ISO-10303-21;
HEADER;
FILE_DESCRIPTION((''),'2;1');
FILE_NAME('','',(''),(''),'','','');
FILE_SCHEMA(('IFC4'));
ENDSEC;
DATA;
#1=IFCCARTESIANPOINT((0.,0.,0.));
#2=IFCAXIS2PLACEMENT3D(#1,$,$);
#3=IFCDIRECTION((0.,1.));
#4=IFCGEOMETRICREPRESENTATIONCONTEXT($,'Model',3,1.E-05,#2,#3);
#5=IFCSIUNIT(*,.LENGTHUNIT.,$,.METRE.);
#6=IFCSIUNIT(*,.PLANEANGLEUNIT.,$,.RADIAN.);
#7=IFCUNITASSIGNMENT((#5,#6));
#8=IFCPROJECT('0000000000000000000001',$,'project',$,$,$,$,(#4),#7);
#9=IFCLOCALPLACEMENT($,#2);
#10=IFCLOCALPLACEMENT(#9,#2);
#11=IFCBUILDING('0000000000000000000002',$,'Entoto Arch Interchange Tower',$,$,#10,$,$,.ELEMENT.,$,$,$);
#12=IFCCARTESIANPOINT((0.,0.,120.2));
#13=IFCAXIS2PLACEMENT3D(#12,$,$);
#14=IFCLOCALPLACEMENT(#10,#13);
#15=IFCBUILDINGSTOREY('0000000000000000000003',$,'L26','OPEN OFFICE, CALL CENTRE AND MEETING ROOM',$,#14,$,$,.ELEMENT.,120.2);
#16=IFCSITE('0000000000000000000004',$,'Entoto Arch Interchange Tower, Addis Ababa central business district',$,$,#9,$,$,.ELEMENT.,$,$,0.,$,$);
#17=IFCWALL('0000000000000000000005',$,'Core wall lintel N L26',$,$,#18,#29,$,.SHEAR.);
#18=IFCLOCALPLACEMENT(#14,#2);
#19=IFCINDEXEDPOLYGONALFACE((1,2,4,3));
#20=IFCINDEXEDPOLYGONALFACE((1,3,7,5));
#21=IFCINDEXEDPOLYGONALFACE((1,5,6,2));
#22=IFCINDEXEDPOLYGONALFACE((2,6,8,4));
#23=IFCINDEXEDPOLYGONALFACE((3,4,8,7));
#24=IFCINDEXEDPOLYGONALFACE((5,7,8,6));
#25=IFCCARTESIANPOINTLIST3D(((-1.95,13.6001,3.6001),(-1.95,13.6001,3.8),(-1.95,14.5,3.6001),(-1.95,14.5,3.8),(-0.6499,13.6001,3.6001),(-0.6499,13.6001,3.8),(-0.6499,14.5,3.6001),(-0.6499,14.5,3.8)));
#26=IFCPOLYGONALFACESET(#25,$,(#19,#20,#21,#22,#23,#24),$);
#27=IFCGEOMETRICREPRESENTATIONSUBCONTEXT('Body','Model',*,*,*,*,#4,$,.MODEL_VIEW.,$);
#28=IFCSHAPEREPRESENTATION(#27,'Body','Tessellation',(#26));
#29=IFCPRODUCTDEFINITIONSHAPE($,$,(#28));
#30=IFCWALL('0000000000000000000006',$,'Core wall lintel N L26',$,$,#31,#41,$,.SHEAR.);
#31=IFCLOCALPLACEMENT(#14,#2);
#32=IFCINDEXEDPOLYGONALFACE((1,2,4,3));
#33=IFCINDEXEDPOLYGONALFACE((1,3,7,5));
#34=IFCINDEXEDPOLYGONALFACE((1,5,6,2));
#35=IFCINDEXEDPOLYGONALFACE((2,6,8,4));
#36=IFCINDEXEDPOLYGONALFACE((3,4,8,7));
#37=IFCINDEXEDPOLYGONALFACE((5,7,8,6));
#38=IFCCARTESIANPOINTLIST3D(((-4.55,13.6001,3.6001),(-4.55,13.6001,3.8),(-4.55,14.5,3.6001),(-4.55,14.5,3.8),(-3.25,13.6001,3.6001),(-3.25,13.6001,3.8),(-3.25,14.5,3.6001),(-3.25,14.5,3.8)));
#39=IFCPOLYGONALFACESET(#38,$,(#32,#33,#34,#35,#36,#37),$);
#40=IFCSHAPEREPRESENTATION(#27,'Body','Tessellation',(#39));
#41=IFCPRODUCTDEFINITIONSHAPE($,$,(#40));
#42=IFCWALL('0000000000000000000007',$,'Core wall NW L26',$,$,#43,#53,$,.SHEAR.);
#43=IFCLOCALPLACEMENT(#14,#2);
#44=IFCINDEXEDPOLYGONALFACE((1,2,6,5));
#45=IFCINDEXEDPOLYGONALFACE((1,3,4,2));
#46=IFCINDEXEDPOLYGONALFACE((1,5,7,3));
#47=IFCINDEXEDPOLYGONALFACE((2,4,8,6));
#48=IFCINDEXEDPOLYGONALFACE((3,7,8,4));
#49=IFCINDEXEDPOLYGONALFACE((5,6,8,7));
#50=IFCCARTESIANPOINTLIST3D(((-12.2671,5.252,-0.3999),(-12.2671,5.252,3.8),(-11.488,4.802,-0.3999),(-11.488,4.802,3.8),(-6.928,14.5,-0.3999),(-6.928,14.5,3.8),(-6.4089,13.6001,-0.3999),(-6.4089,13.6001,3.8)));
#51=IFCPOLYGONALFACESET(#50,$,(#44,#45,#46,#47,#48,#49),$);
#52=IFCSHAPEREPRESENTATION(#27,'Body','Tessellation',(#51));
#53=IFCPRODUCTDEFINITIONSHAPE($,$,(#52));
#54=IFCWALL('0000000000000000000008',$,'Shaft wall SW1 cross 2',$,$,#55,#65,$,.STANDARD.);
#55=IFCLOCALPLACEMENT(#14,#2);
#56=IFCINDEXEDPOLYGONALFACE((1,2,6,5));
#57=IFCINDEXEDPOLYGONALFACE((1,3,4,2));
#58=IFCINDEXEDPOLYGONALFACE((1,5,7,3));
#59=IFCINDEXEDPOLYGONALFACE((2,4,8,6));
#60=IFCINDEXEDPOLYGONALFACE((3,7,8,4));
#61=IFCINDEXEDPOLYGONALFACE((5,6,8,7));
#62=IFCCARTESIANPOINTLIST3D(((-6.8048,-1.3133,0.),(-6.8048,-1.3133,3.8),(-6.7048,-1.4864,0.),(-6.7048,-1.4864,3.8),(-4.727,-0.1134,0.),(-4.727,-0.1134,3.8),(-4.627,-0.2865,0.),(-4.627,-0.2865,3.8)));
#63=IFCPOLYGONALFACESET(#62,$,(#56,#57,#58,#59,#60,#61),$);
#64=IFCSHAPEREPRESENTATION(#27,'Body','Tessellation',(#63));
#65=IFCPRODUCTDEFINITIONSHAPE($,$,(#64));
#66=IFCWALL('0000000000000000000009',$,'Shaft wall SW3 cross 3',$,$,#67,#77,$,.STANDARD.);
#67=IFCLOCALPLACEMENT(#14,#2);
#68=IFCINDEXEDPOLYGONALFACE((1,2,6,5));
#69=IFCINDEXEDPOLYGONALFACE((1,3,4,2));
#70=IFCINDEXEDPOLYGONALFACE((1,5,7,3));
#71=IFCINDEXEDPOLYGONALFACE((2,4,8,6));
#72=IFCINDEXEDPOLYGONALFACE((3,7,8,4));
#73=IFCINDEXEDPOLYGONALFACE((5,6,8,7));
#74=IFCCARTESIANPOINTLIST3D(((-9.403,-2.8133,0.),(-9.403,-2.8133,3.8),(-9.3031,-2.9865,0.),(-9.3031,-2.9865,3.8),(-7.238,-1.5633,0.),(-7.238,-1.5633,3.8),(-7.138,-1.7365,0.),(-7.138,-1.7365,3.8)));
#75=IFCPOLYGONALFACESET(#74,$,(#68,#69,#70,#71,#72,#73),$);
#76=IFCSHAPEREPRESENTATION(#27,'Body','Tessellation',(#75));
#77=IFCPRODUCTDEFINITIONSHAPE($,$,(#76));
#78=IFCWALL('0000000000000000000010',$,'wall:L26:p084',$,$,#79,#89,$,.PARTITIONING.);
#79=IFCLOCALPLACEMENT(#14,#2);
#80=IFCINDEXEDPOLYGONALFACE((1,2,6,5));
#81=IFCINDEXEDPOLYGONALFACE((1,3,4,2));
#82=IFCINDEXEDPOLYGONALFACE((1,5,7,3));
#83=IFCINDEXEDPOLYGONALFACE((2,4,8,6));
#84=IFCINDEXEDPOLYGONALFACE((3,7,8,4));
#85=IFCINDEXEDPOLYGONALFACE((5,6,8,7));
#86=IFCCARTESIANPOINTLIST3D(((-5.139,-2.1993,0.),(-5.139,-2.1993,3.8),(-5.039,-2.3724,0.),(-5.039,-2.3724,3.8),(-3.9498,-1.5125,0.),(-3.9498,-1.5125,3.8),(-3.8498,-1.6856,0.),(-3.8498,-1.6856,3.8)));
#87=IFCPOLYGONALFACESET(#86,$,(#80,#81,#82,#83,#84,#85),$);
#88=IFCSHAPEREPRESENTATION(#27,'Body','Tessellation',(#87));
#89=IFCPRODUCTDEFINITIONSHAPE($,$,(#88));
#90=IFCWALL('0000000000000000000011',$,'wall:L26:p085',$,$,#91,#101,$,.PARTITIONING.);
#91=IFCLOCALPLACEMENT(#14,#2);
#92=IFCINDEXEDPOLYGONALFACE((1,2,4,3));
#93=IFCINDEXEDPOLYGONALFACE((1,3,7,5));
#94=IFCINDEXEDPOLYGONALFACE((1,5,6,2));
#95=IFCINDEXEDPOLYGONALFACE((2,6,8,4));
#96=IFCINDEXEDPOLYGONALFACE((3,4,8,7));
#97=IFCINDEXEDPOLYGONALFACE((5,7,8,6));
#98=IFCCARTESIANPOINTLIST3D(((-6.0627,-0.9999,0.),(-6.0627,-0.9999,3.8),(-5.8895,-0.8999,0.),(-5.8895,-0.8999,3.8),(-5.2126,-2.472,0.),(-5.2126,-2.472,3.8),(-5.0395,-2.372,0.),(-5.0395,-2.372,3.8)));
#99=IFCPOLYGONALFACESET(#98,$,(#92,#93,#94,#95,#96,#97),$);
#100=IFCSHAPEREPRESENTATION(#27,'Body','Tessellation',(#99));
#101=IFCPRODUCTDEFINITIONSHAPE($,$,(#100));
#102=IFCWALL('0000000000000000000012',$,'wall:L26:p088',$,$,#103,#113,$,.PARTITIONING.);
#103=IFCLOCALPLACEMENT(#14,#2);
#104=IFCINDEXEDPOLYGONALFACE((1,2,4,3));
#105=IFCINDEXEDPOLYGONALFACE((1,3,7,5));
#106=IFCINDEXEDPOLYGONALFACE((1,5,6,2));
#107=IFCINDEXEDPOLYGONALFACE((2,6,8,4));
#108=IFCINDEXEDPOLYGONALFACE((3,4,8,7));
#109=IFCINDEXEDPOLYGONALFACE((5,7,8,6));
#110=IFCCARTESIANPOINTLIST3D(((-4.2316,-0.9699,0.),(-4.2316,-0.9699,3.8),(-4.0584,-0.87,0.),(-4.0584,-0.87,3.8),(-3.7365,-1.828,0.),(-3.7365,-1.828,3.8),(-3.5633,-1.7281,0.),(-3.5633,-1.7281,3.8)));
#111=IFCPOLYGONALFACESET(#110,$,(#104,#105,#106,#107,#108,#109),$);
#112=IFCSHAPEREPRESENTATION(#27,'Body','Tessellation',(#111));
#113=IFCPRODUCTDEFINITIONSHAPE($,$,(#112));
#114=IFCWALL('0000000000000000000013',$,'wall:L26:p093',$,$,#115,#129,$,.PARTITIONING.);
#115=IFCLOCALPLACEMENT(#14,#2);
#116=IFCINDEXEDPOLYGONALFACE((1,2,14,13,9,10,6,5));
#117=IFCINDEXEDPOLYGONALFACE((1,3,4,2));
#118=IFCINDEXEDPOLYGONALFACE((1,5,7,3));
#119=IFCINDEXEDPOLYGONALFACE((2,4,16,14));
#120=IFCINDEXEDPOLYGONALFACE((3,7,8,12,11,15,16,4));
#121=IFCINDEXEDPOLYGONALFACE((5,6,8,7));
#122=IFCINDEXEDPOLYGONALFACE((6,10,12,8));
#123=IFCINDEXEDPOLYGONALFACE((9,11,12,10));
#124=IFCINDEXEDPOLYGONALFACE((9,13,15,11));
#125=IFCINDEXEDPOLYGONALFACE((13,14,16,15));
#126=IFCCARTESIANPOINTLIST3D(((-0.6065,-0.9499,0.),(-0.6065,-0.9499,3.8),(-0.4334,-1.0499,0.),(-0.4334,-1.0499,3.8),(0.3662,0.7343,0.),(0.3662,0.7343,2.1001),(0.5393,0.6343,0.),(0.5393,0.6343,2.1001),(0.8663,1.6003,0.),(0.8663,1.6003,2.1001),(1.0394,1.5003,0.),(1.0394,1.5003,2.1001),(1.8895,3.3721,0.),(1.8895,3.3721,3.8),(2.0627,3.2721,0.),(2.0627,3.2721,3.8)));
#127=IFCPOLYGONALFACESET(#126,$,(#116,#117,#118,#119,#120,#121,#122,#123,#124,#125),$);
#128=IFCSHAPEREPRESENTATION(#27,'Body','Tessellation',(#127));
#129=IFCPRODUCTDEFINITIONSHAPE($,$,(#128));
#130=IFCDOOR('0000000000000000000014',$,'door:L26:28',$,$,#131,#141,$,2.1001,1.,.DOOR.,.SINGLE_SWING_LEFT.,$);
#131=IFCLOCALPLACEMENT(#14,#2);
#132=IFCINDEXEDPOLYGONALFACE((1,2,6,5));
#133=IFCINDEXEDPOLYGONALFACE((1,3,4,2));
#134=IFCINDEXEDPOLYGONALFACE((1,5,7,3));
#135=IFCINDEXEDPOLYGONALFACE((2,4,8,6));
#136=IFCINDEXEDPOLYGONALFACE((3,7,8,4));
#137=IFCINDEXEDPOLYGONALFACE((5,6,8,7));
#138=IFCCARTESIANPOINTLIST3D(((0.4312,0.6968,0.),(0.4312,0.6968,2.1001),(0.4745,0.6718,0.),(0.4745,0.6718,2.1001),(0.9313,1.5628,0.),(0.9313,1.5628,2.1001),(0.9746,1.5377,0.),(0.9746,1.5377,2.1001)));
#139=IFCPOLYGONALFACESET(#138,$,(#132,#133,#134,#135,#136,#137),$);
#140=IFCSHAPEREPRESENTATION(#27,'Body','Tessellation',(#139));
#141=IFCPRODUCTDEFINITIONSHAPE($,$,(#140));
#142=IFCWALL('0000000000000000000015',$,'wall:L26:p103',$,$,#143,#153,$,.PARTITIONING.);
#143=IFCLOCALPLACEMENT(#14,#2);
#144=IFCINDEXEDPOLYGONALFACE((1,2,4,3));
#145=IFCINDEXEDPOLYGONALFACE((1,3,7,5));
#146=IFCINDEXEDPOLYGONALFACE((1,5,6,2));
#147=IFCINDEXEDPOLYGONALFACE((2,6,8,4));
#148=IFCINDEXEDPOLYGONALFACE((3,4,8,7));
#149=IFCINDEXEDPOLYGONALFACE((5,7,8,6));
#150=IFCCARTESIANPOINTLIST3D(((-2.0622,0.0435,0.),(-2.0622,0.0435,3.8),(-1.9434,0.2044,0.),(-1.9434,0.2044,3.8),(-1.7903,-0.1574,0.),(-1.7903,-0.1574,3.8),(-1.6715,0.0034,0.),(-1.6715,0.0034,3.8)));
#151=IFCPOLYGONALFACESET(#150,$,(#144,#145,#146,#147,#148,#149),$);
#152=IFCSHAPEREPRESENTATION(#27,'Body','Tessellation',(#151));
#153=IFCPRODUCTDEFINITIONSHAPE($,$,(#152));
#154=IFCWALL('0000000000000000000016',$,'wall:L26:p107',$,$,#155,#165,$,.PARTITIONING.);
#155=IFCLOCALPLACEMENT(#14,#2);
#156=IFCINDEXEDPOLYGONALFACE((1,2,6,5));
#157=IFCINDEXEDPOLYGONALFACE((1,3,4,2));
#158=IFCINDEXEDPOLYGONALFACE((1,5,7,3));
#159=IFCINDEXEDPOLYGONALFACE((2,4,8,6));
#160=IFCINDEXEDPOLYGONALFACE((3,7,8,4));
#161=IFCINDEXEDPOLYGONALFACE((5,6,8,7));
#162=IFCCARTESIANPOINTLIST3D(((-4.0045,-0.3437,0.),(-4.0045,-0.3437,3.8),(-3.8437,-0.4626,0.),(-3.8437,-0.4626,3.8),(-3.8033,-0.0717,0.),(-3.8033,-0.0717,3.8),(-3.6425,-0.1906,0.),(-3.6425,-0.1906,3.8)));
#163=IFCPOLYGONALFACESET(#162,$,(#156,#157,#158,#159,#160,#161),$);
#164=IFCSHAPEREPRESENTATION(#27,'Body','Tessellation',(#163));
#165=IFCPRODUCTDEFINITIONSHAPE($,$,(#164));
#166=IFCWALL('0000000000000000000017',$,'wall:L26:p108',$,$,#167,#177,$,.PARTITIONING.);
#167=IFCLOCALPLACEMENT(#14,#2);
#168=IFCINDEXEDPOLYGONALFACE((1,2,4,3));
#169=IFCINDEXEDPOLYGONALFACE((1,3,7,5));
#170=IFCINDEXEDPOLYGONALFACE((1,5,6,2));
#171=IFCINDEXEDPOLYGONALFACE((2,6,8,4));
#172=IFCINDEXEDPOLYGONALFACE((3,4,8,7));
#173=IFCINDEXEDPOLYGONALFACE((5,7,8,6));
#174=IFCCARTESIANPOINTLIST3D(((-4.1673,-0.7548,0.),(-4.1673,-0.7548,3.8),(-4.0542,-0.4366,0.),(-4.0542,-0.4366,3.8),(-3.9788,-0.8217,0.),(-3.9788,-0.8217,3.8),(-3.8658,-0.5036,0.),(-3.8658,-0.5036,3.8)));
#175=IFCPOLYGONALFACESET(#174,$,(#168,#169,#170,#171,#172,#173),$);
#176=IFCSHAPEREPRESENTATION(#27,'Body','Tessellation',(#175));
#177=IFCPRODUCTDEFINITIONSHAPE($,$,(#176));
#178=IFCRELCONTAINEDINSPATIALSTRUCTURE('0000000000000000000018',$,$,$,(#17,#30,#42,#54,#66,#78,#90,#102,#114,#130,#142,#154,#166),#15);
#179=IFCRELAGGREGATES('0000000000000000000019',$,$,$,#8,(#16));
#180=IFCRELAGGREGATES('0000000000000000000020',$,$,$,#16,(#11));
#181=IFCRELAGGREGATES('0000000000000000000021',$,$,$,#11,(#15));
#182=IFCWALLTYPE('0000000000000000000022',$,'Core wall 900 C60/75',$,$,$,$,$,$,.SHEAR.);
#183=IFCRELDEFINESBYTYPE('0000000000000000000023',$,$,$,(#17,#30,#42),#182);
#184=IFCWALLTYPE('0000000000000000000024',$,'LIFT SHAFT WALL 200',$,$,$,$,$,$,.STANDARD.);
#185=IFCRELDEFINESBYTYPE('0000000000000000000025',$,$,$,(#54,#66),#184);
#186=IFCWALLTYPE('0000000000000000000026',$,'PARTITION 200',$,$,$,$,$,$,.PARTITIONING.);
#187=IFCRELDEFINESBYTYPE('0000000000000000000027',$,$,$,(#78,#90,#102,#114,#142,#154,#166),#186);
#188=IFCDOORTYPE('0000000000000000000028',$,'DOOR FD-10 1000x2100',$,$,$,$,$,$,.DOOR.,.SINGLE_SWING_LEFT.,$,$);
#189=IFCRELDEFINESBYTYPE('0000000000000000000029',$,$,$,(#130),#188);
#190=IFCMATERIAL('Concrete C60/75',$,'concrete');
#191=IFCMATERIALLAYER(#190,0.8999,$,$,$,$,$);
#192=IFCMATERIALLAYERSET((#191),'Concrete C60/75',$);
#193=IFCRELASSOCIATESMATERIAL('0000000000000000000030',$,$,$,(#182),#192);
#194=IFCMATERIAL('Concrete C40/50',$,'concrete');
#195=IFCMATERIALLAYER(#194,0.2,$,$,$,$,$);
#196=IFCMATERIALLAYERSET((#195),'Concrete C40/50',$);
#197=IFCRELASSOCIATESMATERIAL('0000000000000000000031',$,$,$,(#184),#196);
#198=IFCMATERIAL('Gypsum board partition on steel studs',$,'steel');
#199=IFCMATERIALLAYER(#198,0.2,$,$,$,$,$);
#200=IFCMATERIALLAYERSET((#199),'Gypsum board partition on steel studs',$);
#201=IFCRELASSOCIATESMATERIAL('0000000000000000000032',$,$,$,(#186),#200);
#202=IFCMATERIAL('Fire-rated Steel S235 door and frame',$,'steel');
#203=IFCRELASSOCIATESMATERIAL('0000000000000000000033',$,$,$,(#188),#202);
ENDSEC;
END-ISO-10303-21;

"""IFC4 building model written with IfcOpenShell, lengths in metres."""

from ifc_helpers import new_model, si_unit, direction, frame, frame_2d, origin, place, context, subcontext, project, spatial, polyline, rectangle, outline, extrude, material, layer, layer_set, type_object, element, fill, save


model = new_model("IFC4")

# Units and contexts
model_context = context("Model", 3, precision=1e-05, world=origin(), true_north=direction((0.0, 1.0)))
body_context = subcontext(model_context, "Body", "Model", "MODEL_VIEW")
ifc_project = project(units=[si_unit("LENGTHUNIT", "METRE"), si_unit("PLANEANGLEUNIT", "RADIAN")], contexts=[model_context])

# Site, building, storey
site_placement = place(None, origin())
site = spatial("IfcSite", under=ifc_project, at=site_placement, Name="Entoto Arch Interchange Tower, Addis Ababa central business district", CompositionType="ELEMENT", RefElevation=0.0)
building_placement = place(site_placement, origin())
building = spatial("IfcBuilding", under=site, at=building_placement, Name="Entoto Arch Interchange Tower", CompositionType="ELEMENT")
storey_placement = place(building_placement, frame((0.0, 0.0, 120.2)))
storey = spatial("IfcBuildingStorey", under=building, at=storey_placement, Name="L26", Description="OPEN OFFICE, CALL CENTRE AND MEETING ROOM", CompositionType="ELEMENT", Elevation=120.2)

# Shared definitions
ifc_material_1 = material(Name="Concrete C40/50", Category="concrete")

# Walls
ifc_material_2 = material(Name="Concrete C60/75", Category="concrete")
ifc_layer_1 = layer(ifc_material_2, 0.8999)
ifc_layer_set_1 = layer_set([ifc_layer_1], Name="Concrete C60/75")
wall_type_1 = type_object("IfcWallType", Name="Core wall 900 C60/75", PredefinedType="SHEAR", material=ifc_layer_set_1)
wall_1_placement = place(storey_placement, frame((0.0, 0.0, 3.6001)))
element("IfcWall", 1, at=wall_1_placement, inside=storey, type_object=wall_type_1, Name="Core wall lintel N L26", PredefinedType="SHEAR", context=body_context, shape_type="SweptSolid", body=[
    extrude(outline(polyline([(-1.95, 14.5), (-1.95, 13.6001), (-0.6499, 13.6001), (-0.6499, 14.5), (-1.95, 14.5)])), origin(), (0.0, 0.0, 1.0), 0.2),
])
wall_2_placement = place(storey_placement, frame((0.0, 0.0, 3.6001)))
element("IfcWall", 2, at=wall_2_placement, inside=storey, type_object=wall_type_1, Name="Core wall lintel N L26", PredefinedType="SHEAR", context=body_context, shape_type="SweptSolid", body=[
    extrude(outline(polyline([(-4.55, 14.5), (-4.55, 13.6001), (-3.25, 13.6001), (-3.25, 14.5), (-4.55, 14.5)])), origin(), (0.0, 0.0, 1.0), 0.2),
])
wall_3_placement = place(storey_placement, frame((0.0, 0.0, -0.3999)))
element("IfcWall", 3, at=wall_3_placement, inside=storey, type_object=wall_type_1, Name="Core wall NW L26", PredefinedType="SHEAR", context=body_context, shape_type="SweptSolid", body=[
    extrude(outline(polyline([(-12.2671, 5.252), (-11.488, 4.802), (-6.4089, 13.6001), (-6.928, 14.5), (-12.2671, 5.252)])), origin(), (0.0, 0.0, 1.0), 4.2),
])
ifc_layer_2 = layer(ifc_material_1, 0.2)
ifc_layer_set_2 = layer_set([ifc_layer_2], Name="Concrete C40/50")
wall_type_2 = type_object("IfcWallType", Name="LIFT SHAFT WALL 200", PredefinedType="STANDARD", material=ifc_layer_set_2)
wall_4_placement = place(storey_placement, frame((-4.677, -0.2, 0.0), z_axis=(0.0, 0.0, 1.0), x_axis=(-0.865974, -0.500089, 0.0)))
element("IfcWall", 4, at=wall_4_placement, inside=storey, type_object=wall_type_2, Name="Shaft wall SW1 cross 2", PredefinedType="STANDARD", context=body_context, shape_type="SweptSolid", body=[
    extrude(rectangle(XDim=2.3994, YDim=0.2, at=frame_2d((1.1997, 0.0))), origin(), (0.0, 0.0, 1.0), 3.8),
])
wall_5_placement = place(storey_placement, frame((-7.188, -1.6499, 0.0), z_axis=(0.0, 0.0, 1.0), x_axis=(-0.866023, -0.500004, 0.0)))
element("IfcWall", 5, at=wall_5_placement, inside=storey, type_object=wall_type_2, Name="Shaft wall SW3 cross 3", PredefinedType="STANDARD", context=body_context, shape_type="SweptSolid", body=[
    extrude(rectangle(XDim=2.5, YDim=0.2, at=frame_2d((1.25, 0.0))), origin(), (0.0, 0.0, 1.0), 3.8),
])
ifc_material_3 = material(Name="Gypsum board partition on steel studs", Category="steel")
ifc_layer_3 = layer(ifc_material_3, 0.2)
ifc_layer_set_3 = layer_set([ifc_layer_3], Name="Gypsum board partition on steel studs")
wall_type_3 = type_object("IfcWallType", Name="PARTITION 200", PredefinedType="PARTITIONING", material=ifc_layer_set_3)
wall_6_placement = place(storey_placement, frame((-3.8999, -1.5991, 0.0), z_axis=(0.0, 0.0, 1.0), x_axis=(-0.865969, -0.500097, 0.0)))
element("IfcWall", 6, at=wall_6_placement, inside=storey, type_object=wall_type_3, Name="wall:L26:p084", PredefinedType="PARTITIONING", context=body_context, shape_type="SweptSolid", body=[
    extrude(rectangle(XDim=1.3733, YDim=0.2, at=frame_2d((0.6865, 0.0))), origin(), (0.0, 0.0, 1.0), 3.8),
])
wall_7_placement = place(storey_placement, frame((-5.126, -2.4221, 0.0), z_axis=(0.0, 0.0, 1.0), x_axis=(-0.500062, 0.865989, 0.0)))
element("IfcWall", 7, at=wall_7_placement, inside=storey, type_object=wall_type_3, Name="wall:L26:p085", PredefinedType="PARTITIONING", context=body_context, shape_type="SweptSolid", body=[
    extrude(rectangle(XDim=1.7, YDim=0.2, at=frame_2d((0.8501, 0.0))), origin(), (0.0, 0.0, 1.0), 3.8),
])
wall_8_placement = place(storey_placement, frame((-4.145, -0.9199, 0.0), z_axis=(0.0, 0.0, 1.0), x_axis=(0.499744, -0.866173, 0.0)))
element("IfcWall", 8, at=wall_8_placement, inside=storey, type_object=wall_type_3, Name="wall:L26:p088", PredefinedType="PARTITIONING", context=body_context, shape_type="SweptSolid", body=[
    extrude(rectangle(XDim=0.9907, YDim=0.2, at=frame_2d((0.4954, 0.0))), origin(), (0.0, 0.0, 1.0), 3.8),
])

# Wall, opening, door
wall_9_placement = place(storey_placement, frame((-0.52, -1.0, 0.0), z_axis=(0.0, 0.0, 1.0), x_axis=(0.500116, 0.865958, 0.0)))
wall_9 = element("IfcWall", 9, at=wall_9_placement, inside=storey, type_object=wall_type_3, Name="wall:L26:p093", PredefinedType="PARTITIONING", context=body_context, shape_type="SweptSolid", body=[
    extrude(rectangle(XDim=4.991, YDim=0.2, at=frame_2d((2.4956, 0.0))), origin(), (0.0, 0.0, 1.0), 3.8),
])
opening_1_placement = place(wall_9_placement, frame((1.9451, 0.0, 0.0)))
opening_1 = element("IfcOpeningElement", 10, at=opening_1_placement, cuts=wall_9, PredefinedType="OPENING", context=body_context, shape_type="SweptSolid", body=[
    extrude(rectangle(XDim=1.0, YDim=2.1001, at=frame_2d((0.5, 1.05))), frame((0.0, 0.1099, 0.0), z_axis=(0.0, -1.0, 0.0), x_axis=(1.0, 0.0, 0.0)), (0.0, 0.0, 1.0), 0.22),
])
ifc_material_4 = material(Name="Fire-rated Steel S235 door and frame", Category="steel")
door_type_1 = type_object("IfcDoorType", Name="DOOR FD-10 1000x2100", OperationType="SINGLE_SWING_LEFT", PredefinedType="DOOR", material=ifc_material_4)
door_1_placement = place(opening_1_placement, origin())
door_1 = element("IfcDoor", 11, at=door_1_placement, inside=storey, type_object=door_type_1, Name="door:L26:28", OperationType="SINGLE_SWING_LEFT", OverallHeight=2.1001, OverallWidth=1.0, PredefinedType="DOOR", context=body_context, shape_type="SweptSolid", body=[
    extrude(rectangle(XDim=1.0, YDim=2.1001, at=frame_2d((0.5, 1.05))), frame((0.0, 0.0249, 0.0), z_axis=(0.0, -1.0, 0.0), x_axis=(1.0, 0.0, 0.0)), (0.0, 0.0, 1.0), 0.05),
])
fill(opening_1, door_1)

# Walls
wall_10_placement = place(storey_placement, frame((-1.731, -0.0769, 0.0), z_axis=(0.0, 0.0, 1.0), x_axis=(-0.804311, 0.594208, 0.0)))
element("IfcWall", 12, at=wall_10_placement, inside=storey, type_object=wall_type_3, Name="wall:L26:p103", PredefinedType="PARTITIONING", context=body_context, shape_type="SweptSolid", body=[
    extrude(rectangle(XDim=0.3381, YDim=0.2, at=frame_2d((0.1689, 0.0))), origin(), (0.0, 0.0, 1.0), 3.8),
])
wall_11_placement = place(storey_placement, frame((-3.7229, -0.1311, 0.0), z_axis=(0.0, 0.0, 1.0), x_axis=(-0.594675, -0.803966, 0.0)))
element("IfcWall", 13, at=wall_11_placement, inside=storey, type_object=wall_type_3, Name="wall:L26:p107", PredefinedType="PARTITIONING", context=body_context, shape_type="SweptSolid", body=[
    extrude(rectangle(XDim=0.3384, YDim=0.2, at=frame_2d((0.1692, 0.0))), origin(), (0.0, 0.0, 1.0), 3.8),
])
wall_12_placement = place(storey_placement, frame((-3.96, -0.47, 0.0), z_axis=(0.0, 0.0, 1.0), x_axis=(-0.334824, -0.942281, 0.0)))
element("IfcWall", 14, at=wall_12_placement, inside=storey, type_object=wall_type_3, Name="wall:L26:p108", PredefinedType="PARTITIONING", context=body_context, shape_type="SweptSolid", body=[
    extrude(rectangle(XDim=0.3376, YDim=0.2, at=frame_2d((0.1689, 0.0))), origin(), (0.0, 0.0, 1.0), 3.8),
])

save(model, "model.ifc")
